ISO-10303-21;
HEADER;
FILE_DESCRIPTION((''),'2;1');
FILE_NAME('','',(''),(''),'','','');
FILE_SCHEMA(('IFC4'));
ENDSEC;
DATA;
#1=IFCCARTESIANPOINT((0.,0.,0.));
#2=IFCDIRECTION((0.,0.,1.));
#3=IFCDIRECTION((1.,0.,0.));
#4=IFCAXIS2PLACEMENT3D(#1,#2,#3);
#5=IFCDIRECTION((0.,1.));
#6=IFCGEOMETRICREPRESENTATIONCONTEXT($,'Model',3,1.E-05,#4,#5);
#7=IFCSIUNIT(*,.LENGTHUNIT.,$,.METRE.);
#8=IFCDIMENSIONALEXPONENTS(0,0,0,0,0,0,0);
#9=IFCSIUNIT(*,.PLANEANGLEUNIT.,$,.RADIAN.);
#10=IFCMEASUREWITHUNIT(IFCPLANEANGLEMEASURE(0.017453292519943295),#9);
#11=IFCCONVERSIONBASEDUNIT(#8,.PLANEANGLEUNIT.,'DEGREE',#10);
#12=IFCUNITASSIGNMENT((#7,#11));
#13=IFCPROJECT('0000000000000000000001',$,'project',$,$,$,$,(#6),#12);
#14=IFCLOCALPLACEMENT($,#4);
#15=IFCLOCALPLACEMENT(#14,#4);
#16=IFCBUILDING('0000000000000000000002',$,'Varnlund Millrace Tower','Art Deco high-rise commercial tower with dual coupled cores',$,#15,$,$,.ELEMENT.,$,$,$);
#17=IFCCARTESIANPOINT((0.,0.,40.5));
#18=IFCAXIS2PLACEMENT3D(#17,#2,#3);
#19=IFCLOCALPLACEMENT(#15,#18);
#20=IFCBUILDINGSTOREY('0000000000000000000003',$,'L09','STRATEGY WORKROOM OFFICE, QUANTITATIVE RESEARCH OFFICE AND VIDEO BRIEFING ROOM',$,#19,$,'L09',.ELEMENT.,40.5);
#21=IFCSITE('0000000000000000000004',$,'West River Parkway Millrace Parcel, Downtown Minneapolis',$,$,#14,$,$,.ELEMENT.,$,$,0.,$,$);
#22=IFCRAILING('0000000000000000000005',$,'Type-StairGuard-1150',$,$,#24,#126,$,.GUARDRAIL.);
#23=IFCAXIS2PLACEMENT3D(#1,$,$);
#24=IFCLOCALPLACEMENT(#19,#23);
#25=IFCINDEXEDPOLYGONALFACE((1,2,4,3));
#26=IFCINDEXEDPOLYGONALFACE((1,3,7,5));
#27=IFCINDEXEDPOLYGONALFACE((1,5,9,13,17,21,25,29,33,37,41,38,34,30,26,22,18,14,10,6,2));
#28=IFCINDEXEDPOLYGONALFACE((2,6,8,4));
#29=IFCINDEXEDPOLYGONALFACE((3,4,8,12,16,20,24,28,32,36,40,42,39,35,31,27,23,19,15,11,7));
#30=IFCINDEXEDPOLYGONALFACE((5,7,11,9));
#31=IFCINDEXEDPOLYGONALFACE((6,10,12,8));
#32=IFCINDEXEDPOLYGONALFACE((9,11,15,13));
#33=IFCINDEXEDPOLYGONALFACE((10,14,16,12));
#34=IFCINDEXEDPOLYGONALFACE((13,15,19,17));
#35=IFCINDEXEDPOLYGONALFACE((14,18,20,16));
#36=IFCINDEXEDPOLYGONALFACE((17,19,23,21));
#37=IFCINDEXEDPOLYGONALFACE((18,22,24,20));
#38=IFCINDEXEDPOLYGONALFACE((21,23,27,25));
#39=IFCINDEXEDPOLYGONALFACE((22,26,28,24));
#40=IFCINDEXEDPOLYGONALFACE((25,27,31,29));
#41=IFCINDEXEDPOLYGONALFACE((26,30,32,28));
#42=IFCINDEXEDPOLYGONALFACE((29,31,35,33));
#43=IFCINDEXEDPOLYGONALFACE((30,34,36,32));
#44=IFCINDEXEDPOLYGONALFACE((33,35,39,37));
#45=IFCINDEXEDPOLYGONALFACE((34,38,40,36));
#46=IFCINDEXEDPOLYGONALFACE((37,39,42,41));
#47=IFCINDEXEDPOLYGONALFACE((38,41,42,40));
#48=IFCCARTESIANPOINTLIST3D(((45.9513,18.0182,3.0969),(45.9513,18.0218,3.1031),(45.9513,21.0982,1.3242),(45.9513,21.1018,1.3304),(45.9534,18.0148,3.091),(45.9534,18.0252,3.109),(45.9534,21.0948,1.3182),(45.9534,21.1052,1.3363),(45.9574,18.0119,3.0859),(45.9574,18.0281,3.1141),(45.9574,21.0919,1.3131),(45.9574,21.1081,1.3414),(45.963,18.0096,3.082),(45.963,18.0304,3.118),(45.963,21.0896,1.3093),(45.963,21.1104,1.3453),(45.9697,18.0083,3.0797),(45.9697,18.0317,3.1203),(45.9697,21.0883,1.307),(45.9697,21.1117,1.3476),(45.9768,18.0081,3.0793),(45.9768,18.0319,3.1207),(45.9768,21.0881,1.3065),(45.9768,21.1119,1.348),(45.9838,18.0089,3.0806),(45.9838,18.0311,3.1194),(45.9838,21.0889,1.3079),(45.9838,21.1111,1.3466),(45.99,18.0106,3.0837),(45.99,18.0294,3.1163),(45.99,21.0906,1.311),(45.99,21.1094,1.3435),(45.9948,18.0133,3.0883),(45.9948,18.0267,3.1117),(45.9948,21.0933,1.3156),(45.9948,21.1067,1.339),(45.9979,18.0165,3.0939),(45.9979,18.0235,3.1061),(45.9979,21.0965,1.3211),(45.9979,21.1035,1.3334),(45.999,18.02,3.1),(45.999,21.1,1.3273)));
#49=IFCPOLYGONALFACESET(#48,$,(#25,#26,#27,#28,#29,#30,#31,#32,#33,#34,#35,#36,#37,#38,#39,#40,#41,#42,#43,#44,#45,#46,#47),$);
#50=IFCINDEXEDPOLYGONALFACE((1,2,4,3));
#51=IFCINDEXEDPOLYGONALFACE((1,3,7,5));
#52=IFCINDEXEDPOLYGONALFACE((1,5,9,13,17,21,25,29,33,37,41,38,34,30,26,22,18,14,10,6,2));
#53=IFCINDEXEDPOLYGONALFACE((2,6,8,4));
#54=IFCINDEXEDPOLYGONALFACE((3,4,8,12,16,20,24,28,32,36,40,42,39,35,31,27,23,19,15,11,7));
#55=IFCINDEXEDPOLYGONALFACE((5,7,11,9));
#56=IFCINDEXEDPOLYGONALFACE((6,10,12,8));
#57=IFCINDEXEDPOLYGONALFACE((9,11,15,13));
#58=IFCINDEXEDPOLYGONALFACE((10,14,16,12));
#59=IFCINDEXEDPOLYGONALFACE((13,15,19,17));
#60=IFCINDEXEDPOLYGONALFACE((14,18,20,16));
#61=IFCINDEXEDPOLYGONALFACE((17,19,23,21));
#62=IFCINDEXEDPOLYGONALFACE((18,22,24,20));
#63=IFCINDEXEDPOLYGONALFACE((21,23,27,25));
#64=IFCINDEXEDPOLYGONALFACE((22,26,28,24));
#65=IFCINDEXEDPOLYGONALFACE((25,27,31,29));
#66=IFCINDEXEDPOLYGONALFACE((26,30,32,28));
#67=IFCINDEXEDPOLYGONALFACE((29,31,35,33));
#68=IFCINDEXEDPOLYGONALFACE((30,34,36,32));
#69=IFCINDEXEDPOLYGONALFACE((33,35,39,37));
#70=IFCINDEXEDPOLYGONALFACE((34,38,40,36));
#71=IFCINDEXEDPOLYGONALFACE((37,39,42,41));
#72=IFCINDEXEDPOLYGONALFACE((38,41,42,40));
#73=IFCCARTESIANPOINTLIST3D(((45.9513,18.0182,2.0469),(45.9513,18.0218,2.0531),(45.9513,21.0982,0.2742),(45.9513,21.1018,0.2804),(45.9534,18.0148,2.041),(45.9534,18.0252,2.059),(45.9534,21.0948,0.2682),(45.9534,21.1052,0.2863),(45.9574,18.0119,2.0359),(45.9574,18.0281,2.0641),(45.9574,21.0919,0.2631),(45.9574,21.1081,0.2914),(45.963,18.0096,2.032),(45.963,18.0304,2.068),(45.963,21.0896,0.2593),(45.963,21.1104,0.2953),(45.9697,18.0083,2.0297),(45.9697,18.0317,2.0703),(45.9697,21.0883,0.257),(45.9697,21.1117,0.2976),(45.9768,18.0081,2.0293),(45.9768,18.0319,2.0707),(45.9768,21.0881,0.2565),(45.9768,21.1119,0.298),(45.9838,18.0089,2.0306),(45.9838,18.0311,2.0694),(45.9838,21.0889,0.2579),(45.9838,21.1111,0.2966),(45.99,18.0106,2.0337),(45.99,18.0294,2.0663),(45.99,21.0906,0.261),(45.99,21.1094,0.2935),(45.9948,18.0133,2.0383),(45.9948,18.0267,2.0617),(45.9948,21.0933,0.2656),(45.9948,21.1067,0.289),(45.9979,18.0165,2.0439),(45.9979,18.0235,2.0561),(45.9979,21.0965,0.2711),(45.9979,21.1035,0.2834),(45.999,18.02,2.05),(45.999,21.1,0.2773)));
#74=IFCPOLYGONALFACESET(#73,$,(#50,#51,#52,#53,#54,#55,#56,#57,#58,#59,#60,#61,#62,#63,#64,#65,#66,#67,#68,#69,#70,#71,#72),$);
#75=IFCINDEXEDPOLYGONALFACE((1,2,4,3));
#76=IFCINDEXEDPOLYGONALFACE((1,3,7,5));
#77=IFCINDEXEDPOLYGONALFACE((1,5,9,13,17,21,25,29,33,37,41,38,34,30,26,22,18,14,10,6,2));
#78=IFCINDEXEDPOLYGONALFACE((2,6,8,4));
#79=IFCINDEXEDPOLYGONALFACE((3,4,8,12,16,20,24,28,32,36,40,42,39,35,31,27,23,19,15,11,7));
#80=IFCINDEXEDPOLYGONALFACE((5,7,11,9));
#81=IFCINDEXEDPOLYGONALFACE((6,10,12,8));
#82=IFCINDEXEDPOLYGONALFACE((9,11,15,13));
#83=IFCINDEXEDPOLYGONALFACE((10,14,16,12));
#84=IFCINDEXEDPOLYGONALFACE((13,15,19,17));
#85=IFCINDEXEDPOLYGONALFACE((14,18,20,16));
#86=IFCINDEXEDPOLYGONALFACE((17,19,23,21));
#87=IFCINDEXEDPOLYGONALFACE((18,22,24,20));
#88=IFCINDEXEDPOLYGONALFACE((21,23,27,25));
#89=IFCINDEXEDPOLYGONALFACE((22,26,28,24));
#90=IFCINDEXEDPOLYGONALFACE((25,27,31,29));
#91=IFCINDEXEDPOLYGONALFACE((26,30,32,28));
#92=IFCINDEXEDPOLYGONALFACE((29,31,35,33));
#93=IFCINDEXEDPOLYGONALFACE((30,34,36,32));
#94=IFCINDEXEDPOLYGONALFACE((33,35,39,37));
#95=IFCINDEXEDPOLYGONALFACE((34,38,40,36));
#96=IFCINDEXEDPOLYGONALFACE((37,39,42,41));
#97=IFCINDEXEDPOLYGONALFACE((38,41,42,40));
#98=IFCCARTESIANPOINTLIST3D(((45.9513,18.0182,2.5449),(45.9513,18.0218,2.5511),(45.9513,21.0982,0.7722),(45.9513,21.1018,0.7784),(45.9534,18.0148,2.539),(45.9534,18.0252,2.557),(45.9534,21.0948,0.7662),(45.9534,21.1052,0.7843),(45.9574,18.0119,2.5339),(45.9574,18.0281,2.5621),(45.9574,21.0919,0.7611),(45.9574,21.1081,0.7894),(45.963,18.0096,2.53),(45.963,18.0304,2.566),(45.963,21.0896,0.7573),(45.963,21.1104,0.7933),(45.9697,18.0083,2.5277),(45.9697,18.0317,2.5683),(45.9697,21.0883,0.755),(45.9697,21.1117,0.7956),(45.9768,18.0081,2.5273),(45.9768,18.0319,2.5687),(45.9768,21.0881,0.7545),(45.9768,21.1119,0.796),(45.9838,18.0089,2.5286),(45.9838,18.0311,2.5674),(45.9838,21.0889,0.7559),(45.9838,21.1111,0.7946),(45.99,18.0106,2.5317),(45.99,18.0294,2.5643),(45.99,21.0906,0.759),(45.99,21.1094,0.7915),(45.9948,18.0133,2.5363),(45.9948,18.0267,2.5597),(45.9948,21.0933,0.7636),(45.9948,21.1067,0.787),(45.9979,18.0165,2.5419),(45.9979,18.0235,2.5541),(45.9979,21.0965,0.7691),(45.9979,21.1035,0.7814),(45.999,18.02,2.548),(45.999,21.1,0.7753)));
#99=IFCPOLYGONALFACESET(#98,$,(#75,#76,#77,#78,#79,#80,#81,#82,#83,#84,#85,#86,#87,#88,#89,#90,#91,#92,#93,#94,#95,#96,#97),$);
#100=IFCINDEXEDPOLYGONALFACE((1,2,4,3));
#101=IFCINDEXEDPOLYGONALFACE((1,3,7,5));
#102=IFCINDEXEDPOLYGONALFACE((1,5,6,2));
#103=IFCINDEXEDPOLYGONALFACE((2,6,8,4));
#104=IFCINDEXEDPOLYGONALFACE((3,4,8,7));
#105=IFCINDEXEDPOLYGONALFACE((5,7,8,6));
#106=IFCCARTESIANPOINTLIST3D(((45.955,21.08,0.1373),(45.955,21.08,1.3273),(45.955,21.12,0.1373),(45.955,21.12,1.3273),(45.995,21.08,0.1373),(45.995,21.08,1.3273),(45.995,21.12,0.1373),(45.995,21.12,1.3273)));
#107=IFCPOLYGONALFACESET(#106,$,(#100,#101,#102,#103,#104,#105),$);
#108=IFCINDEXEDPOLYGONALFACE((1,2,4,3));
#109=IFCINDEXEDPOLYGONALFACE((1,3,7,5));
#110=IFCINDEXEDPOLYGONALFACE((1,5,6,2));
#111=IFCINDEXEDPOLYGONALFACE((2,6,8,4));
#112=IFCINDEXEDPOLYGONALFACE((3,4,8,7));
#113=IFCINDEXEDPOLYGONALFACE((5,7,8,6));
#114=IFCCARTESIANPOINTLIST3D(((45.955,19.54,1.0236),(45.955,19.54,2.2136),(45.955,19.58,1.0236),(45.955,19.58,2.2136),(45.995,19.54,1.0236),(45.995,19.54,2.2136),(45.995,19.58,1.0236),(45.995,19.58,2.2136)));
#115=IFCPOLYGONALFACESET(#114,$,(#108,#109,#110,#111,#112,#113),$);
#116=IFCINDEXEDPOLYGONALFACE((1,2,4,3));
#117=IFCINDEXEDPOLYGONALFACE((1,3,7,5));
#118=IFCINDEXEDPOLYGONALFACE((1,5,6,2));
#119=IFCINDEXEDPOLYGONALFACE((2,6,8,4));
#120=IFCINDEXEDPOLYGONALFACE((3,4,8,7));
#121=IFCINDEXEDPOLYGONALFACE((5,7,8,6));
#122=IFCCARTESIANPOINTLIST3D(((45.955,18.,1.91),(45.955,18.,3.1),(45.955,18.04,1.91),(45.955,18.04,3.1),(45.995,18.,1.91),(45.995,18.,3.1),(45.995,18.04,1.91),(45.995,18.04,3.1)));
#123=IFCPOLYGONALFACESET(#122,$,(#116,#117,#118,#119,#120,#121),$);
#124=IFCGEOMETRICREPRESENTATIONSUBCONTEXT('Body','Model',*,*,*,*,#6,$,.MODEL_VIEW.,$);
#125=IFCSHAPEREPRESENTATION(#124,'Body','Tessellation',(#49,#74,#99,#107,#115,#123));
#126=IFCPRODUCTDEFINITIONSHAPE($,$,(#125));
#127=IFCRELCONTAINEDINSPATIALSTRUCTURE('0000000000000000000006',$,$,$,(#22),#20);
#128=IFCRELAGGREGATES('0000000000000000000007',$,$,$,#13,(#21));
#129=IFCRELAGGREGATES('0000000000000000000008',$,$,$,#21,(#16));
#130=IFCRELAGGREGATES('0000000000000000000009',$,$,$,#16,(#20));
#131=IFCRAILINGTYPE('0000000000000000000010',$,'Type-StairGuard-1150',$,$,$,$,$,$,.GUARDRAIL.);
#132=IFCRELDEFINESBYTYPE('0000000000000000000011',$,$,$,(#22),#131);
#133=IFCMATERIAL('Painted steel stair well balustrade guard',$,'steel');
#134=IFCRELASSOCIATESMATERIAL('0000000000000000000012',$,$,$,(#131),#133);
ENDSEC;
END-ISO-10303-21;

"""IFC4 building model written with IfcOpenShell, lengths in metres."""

from ifc_helpers import new_model, entity, si_unit, converted_unit, direction, frame, origin_with_axes, origin_2d_with_axis, place, context, subcontext, project, spatial, rectangle, circle, extrude, material, type_object, element, save


model = new_model("IFC4")

# Units and contexts
model_context = context("Model", 3, precision=1e-05, world=origin_with_axes(), true_north=direction((0.0, 1.0)))
body_context = subcontext(model_context, "Body", "Model", "MODEL_VIEW")
ifc_project = project(units=[si_unit("LENGTHUNIT", "METRE"), converted_unit("PLANEANGLEUNIT", "DEGREE", entity("IfcPlaneAngleMeasure", 0.017453292519943295), si_unit("PLANEANGLEUNIT", "RADIAN"), dimensions=[0, 0, 0, 0, 0, 0, 0])], contexts=[model_context])

# Site, building, storey
site_placement = place(None, origin_with_axes())
site = spatial("IfcSite", under=ifc_project, at=site_placement, Name="West River Parkway Millrace Parcel, Downtown Minneapolis", CompositionType="ELEMENT", RefElevation=0.0)
building_placement = place(site_placement, origin_with_axes())
building = spatial("IfcBuilding", under=site, at=building_placement, Name="Varnlund Millrace Tower", Description="Art Deco high-rise commercial tower with dual coupled cores", CompositionType="ELEMENT")
storey_placement = place(building_placement, frame((0.0, 0.0, 40.5), z_axis=(0.0, 0.0, 1.0), x_axis=(1.0, 0.0, 0.0)))
storey = spatial("IfcBuildingStorey", under=building, at=storey_placement, Name="L09", Description="STRATEGY WORKROOM OFFICE, QUANTITATIVE RESEARCH OFFICE AND VIDEO BRIEFING ROOM", LongName="L09", CompositionType="ELEMENT", Elevation=40.5)

# Railing
ifc_material_1 = material(Name="Painted steel stair well balustrade guard", Category="steel")
railing_type_1 = type_object("IfcRailingType", Name="Type-StairGuard-1150", PredefinedType="GUARDRAIL", material=ifc_material_1)
railing_1_placement = place(storey_placement, frame((0.0, 0.0, -40.5), z_axis=(0.0, 0.0, 1.0), x_axis=(1.0, 0.0, 0.0)))
element("IfcRailing", 1, at=railing_1_placement, inside=storey, type_object=railing_type_1, Name="Type-StairGuard-1150", PredefinedType="GUARDRAIL", context=body_context, shape_type="SweptSolid", body=[
    extrude(circle(Radius=0.024, at=origin_2d_with_axis()), frame((45.975, 21.1, 41.8273), z_axis=(0.0, -0.866696, 0.498836), x_axis=(1.0, 0.0, 0.0)), (0.0, 0.0, 1.0), 3.5537),
    extrude(circle(Radius=0.024, at=origin_2d_with_axis()), frame((45.975, 21.1, 40.7773), z_axis=(0.0, -0.866696, 0.498836), x_axis=(1.0, 0.0, 0.0)), (0.0, 0.0, 1.0), 3.5537),
    extrude(circle(Radius=0.024, at=origin_2d_with_axis()), frame((45.975, 21.1, 41.2753), z_axis=(0.0, -0.866696, 0.498836), x_axis=(1.0, 0.0, 0.0)), (0.0, 0.0, 1.0), 3.5537),
    extrude(rectangle(XDim=0.04, YDim=0.04, at=origin_2d_with_axis()), frame((45.975, 21.1, 40.6373), z_axis=(0.0, 0.0, 1.0), x_axis=(1.0, 0.0, 0.0)), (0.0, 0.0, 1.0), 1.19),
    extrude(rectangle(XDim=0.04, YDim=0.04, at=origin_2d_with_axis()), frame((45.975, 19.56, 41.5236), z_axis=(0.0, 0.0, 1.0), x_axis=(1.0, 0.0, 0.0)), (0.0, 0.0, 1.0), 1.19),
    extrude(rectangle(XDim=0.04, YDim=0.04, at=origin_2d_with_axis()), frame((45.975, 18.02, 42.41), z_axis=(0.0, 0.0, 1.0), x_axis=(1.0, 0.0, 0.0)), (0.0, 0.0, 1.0), 1.19),
])

save(model, "model.ifc")
